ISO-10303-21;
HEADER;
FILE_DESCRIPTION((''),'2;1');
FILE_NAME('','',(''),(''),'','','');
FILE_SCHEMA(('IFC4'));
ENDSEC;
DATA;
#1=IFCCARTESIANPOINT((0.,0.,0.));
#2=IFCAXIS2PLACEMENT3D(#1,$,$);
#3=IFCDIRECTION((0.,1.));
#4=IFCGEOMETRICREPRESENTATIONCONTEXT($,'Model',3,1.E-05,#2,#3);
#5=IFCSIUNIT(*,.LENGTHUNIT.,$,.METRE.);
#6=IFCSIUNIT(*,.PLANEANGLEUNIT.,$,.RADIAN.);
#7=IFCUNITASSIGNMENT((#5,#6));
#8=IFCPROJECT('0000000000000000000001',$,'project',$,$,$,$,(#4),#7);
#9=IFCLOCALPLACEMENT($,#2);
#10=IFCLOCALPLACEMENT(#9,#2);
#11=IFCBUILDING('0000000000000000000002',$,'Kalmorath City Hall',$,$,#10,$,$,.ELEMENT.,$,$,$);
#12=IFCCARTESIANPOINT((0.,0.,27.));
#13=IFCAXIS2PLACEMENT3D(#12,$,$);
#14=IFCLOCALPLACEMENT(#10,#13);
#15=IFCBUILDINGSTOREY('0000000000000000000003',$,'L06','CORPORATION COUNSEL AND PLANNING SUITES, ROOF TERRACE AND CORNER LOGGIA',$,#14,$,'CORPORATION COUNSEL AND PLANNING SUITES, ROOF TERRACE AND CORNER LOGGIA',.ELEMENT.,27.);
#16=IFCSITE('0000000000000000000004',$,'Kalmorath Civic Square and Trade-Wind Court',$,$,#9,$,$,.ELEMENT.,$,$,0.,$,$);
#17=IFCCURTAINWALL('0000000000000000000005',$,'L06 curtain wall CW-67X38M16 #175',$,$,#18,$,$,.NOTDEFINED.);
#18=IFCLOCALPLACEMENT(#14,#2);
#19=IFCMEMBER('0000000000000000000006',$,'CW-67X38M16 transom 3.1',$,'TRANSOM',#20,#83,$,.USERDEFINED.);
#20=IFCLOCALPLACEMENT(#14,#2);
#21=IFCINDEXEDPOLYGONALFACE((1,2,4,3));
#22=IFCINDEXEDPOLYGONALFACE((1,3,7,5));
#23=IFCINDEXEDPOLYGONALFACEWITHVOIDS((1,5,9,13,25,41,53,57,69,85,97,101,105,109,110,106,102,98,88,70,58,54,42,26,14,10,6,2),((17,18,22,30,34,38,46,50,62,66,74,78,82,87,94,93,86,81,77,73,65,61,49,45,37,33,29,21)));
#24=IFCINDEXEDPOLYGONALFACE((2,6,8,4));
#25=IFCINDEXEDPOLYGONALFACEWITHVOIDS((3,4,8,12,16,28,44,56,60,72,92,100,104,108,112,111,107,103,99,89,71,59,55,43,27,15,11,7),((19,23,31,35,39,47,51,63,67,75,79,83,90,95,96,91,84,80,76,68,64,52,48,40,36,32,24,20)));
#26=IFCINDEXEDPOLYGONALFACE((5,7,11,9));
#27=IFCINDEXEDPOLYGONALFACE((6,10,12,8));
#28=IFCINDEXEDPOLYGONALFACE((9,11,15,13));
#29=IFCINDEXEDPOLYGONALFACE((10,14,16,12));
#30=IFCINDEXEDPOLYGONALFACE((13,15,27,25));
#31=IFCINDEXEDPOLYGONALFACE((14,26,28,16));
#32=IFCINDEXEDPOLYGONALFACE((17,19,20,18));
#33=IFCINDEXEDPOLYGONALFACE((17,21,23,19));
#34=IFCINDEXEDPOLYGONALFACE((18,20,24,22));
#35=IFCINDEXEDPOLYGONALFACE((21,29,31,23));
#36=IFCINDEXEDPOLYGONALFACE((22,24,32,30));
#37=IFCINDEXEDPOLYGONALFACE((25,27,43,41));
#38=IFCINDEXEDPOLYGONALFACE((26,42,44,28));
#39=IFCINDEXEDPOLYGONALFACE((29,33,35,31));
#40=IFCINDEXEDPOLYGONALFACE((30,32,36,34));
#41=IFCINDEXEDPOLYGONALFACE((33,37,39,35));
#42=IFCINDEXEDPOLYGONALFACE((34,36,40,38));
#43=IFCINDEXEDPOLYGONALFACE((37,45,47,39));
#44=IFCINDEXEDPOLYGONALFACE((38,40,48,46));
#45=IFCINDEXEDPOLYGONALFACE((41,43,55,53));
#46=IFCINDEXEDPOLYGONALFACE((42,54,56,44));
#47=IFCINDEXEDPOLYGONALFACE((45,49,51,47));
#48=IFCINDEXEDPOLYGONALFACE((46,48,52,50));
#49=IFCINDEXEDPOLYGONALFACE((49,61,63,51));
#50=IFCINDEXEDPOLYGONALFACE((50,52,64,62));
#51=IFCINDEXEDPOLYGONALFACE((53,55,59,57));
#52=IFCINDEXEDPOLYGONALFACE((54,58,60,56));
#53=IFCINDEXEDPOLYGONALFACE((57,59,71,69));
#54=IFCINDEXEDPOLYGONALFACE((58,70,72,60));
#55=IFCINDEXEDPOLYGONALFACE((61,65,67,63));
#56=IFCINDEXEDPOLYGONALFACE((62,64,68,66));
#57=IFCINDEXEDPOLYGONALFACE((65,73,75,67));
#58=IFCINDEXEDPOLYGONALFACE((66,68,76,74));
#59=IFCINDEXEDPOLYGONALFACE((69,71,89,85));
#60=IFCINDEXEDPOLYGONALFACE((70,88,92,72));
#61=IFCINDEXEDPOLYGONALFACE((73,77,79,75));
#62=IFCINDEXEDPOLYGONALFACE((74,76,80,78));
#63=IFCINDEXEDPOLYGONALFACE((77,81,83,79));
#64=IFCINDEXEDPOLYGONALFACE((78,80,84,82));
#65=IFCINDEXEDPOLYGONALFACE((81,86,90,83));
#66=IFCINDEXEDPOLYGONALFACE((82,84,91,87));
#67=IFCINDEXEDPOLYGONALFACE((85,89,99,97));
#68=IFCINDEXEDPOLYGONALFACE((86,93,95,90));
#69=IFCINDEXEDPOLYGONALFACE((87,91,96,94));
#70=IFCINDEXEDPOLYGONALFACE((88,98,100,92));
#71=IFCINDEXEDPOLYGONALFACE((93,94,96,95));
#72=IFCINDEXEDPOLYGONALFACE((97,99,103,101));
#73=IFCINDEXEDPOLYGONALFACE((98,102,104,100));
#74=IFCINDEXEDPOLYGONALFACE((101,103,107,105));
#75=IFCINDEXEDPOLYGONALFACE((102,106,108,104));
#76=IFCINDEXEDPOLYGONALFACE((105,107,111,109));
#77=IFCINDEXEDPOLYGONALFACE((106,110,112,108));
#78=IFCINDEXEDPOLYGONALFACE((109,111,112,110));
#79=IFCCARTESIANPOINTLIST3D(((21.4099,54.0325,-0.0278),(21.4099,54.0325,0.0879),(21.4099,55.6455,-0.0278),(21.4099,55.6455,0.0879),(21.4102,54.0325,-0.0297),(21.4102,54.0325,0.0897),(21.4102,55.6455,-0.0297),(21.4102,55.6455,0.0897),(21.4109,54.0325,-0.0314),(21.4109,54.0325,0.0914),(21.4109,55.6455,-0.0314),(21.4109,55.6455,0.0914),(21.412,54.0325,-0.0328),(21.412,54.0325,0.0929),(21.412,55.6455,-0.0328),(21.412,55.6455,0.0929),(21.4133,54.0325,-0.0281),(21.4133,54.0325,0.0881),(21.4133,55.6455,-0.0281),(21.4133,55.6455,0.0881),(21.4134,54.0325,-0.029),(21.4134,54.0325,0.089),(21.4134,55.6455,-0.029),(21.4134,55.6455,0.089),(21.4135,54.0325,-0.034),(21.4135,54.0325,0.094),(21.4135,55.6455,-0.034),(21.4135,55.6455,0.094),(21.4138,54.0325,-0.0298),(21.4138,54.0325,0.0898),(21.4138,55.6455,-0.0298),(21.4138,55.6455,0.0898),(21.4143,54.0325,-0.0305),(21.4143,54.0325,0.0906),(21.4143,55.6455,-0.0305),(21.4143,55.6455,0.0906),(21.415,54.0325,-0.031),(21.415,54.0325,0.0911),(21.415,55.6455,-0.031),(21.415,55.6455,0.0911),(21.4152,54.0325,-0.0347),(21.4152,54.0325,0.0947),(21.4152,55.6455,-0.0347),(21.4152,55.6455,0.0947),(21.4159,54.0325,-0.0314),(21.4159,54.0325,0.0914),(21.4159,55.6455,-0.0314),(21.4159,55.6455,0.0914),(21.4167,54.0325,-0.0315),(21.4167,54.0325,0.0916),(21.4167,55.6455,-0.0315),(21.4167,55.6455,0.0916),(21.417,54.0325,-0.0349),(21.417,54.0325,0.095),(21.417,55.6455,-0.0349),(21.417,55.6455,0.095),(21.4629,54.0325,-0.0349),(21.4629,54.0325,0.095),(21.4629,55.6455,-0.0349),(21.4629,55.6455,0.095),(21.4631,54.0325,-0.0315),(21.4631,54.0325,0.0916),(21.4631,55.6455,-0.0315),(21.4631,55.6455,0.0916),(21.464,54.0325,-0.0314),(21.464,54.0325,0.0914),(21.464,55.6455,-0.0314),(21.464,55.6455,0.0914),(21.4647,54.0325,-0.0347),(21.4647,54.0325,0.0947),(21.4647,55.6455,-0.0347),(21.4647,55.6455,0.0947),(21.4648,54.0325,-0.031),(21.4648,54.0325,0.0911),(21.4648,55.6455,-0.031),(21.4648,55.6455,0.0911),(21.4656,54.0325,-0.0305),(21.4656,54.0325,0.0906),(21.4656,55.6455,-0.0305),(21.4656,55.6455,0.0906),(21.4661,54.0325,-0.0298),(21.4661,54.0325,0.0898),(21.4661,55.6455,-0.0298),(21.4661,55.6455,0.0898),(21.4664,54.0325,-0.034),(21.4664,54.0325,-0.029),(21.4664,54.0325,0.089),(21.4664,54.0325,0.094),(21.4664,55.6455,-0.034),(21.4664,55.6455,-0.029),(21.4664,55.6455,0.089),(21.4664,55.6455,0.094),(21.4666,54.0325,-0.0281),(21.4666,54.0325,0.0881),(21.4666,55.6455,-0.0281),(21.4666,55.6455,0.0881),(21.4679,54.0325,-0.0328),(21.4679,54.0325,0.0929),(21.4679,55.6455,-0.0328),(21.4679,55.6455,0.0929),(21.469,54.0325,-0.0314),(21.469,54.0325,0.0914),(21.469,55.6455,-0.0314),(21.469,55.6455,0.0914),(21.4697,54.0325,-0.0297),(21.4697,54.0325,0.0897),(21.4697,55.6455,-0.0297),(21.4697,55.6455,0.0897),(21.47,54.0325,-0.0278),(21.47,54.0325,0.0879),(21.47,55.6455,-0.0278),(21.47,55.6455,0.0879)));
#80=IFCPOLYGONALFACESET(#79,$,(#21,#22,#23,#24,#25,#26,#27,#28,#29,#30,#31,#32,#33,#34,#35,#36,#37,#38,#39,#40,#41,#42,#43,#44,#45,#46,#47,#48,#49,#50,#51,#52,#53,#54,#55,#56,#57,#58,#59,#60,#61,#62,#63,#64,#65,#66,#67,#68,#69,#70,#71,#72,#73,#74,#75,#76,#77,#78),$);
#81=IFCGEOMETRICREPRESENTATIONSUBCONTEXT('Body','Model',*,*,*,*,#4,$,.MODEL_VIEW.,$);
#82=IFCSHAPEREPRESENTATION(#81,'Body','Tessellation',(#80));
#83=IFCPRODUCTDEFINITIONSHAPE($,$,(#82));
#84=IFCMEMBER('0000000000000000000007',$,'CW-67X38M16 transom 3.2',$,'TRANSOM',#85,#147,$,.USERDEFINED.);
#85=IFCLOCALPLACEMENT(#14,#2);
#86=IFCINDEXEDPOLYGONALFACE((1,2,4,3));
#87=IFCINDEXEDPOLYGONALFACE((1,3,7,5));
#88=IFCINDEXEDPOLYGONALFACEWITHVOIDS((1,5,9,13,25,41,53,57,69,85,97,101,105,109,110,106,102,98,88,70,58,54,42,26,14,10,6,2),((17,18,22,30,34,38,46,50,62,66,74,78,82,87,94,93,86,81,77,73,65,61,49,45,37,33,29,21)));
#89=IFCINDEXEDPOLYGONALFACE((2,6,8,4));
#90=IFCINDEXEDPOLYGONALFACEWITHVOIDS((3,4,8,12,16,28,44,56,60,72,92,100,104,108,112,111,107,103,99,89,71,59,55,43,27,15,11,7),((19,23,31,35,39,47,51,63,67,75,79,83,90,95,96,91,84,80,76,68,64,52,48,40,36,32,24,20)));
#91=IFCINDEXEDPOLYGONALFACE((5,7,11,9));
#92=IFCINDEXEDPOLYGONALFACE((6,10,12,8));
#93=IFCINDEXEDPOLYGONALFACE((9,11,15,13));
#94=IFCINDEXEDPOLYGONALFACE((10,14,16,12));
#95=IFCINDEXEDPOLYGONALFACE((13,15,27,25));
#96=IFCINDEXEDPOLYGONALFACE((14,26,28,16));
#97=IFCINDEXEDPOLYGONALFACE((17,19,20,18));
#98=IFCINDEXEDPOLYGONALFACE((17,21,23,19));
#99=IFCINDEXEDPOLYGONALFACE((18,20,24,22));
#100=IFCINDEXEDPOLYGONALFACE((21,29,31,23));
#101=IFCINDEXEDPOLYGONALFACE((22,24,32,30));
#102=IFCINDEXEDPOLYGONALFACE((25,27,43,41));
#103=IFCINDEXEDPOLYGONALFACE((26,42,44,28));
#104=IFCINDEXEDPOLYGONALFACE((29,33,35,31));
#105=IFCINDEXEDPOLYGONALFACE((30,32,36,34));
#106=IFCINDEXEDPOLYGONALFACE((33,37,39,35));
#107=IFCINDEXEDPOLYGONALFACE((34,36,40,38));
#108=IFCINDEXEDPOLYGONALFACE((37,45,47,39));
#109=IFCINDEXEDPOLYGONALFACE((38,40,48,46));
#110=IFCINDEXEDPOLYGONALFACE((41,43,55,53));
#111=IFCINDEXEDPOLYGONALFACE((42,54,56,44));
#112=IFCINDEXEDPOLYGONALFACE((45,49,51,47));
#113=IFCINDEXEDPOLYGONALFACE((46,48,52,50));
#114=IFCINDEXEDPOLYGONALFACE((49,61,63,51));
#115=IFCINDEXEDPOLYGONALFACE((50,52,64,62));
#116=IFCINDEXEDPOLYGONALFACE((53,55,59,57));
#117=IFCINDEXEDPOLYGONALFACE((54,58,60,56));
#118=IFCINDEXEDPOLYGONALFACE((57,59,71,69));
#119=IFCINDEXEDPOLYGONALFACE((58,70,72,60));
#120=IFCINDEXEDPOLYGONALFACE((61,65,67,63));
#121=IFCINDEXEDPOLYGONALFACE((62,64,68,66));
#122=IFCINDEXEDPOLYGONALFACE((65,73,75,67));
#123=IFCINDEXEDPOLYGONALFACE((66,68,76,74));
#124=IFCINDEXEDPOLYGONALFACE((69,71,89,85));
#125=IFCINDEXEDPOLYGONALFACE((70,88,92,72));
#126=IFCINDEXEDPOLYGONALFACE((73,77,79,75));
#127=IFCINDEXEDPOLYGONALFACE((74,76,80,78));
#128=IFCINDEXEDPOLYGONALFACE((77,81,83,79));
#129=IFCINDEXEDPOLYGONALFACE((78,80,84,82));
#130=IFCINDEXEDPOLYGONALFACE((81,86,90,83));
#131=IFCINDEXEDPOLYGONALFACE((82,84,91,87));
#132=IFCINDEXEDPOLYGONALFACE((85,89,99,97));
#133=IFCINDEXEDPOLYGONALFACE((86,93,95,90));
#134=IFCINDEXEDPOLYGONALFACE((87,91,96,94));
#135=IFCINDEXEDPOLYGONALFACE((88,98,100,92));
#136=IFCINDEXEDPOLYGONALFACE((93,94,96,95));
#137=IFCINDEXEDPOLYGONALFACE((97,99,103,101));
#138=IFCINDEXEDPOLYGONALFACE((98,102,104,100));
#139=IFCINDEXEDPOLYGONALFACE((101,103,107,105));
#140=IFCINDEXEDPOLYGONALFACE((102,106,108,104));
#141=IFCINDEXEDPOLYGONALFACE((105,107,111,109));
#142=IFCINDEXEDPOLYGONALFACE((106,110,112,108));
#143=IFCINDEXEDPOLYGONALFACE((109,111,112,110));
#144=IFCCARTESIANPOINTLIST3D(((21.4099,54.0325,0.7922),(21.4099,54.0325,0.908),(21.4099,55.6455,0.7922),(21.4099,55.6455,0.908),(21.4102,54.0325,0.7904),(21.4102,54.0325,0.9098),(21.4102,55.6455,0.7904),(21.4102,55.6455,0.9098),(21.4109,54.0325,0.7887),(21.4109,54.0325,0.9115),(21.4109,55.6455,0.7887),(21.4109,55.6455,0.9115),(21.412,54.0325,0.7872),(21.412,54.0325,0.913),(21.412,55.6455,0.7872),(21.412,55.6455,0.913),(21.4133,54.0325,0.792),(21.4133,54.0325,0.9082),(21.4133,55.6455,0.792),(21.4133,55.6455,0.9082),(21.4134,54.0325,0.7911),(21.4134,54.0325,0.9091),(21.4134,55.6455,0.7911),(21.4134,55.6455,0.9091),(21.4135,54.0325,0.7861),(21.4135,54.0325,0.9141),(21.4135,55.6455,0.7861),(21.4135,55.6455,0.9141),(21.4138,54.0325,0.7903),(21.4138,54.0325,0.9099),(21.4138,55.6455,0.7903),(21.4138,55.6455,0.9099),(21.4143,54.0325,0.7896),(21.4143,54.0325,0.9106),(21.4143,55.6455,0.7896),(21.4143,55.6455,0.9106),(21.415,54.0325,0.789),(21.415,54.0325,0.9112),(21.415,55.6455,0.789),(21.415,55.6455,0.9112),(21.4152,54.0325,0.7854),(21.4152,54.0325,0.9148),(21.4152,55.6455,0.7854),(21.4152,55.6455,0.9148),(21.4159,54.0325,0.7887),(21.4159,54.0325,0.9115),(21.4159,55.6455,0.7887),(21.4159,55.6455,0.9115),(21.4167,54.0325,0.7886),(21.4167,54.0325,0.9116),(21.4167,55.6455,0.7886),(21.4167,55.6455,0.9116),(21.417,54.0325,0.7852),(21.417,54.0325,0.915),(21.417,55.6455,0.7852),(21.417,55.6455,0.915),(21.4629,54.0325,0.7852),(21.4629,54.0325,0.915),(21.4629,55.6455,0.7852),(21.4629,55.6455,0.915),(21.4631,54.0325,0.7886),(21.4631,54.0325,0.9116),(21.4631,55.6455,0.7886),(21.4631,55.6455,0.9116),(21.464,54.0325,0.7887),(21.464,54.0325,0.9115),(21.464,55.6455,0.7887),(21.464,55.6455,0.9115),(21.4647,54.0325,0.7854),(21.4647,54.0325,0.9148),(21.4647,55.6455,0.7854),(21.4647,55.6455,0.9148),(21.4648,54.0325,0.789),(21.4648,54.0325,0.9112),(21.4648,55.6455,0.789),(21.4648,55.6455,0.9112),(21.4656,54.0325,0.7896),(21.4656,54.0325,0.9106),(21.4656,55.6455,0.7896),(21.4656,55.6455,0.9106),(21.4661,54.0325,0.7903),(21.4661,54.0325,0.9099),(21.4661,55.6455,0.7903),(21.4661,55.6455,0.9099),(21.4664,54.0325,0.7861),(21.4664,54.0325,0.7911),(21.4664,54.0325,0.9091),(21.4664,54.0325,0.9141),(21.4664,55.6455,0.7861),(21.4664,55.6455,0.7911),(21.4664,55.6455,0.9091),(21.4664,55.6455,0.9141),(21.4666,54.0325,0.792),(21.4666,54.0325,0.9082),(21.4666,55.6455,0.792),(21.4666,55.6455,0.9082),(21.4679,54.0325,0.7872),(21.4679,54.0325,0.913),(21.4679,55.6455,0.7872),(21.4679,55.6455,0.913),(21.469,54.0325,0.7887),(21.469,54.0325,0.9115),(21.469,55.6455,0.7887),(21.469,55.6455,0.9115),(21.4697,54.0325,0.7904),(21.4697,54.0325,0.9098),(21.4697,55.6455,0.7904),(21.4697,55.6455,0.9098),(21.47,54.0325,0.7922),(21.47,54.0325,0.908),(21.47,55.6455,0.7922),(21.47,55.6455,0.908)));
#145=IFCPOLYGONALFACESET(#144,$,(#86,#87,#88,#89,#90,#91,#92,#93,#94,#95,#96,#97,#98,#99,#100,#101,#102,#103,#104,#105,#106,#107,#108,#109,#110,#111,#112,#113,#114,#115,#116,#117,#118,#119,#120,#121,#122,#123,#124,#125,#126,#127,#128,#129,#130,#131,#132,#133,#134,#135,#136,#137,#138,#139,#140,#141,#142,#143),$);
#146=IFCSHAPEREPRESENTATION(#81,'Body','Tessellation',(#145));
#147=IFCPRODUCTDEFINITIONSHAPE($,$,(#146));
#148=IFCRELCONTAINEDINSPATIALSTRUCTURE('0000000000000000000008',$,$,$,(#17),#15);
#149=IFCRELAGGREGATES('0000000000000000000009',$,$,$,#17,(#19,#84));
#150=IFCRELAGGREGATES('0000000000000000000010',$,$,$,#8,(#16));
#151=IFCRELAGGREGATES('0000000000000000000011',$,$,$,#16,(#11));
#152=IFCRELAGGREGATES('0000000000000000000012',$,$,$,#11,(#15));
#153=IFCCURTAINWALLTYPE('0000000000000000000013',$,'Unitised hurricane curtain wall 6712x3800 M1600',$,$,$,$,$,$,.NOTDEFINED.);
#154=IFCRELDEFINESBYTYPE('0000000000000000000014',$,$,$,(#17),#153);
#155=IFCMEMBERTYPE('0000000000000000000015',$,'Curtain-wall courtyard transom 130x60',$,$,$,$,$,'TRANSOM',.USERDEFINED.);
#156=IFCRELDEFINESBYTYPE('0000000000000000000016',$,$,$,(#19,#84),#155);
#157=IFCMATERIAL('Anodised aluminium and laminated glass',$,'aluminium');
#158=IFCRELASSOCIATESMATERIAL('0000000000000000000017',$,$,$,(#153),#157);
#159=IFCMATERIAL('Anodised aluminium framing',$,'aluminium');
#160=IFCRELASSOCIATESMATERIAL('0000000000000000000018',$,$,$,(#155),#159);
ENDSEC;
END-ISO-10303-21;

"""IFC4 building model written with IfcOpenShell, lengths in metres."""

from ifc_helpers import new_model, si_unit, direction, frame, origin, origin_2d, place, context, subcontext, project, spatial, hollow_rectangle, extrude, material, material_profile, profile_set, type_object, element, aggregate, save


model = new_model("IFC4")

# Units and contexts
model_context = context("Model", 3, precision=1e-05, world=origin(), true_north=direction((0.0, 1.0)))
body_context = subcontext(model_context, "Body", "Model", "MODEL_VIEW")
ifc_project = project(units=[si_unit("LENGTHUNIT", "METRE"), si_unit("PLANEANGLEUNIT", "RADIAN")], contexts=[model_context])

# Site, building, storey
site_placement = place(None, origin())
site = spatial("IfcSite", under=ifc_project, at=site_placement, Name="Kalmorath Civic Square and Trade-Wind Court", CompositionType="ELEMENT", RefElevation=0.0)
building_placement = place(site_placement, origin())
building = spatial("IfcBuilding", under=site, at=building_placement, Name="Kalmorath City Hall", CompositionType="ELEMENT")
storey_placement = place(building_placement, frame((0.0, 0.0, 27.0)))
storey = spatial("IfcBuildingStorey", under=building, at=storey_placement, Name="L06", Description="CORPORATION COUNSEL AND PLANNING SUITES, ROOF TERRACE AND CORNER LOGGIA", LongName="CORPORATION COUNSEL AND PLANNING SUITES, ROOF TERRACE AND CORNER LOGGIA", CompositionType="ELEMENT", Elevation=27.0)

# Curtain wall, members
ifc_material_1 = material(Name="Anodised aluminium and laminated glass", Category="aluminium")
curtain_wall_type = type_object("IfcCurtainWallType", Name="Unitised hurricane curtain wall 6712x3800 M1600", PredefinedType="NOTDEFINED", material=ifc_material_1)
curtain_wall_placement = place(storey_placement, origin())
curtain_wall = element("IfcCurtainWall", 1, at=curtain_wall_placement, inside=storey, type_object=curtain_wall_type, Name="L06 curtain wall CW-67X38M16 #175", PredefinedType="NOTDEFINED")
ifc_material_2 = material(Name="Anodised aluminium framing", Category="aluminium")
ifc_material_profile_1 = material_profile(ifc_material_2, hollow_rectangle(XDim=0.0601, YDim=0.1299, WallThickness=0.0034, InnerFilletRadius=0.0034, OuterFilletRadius=0.0071, at=origin_2d()), Name="ALU-TRN-130X60X3.5")
ifc_profile_set_1 = profile_set([ifc_material_profile_1], Name="Anodised aluminium framing")
member_type_1 = type_object("IfcMemberType", Name="Curtain-wall courtyard transom 130x60", ElementType="TRANSOM", PredefinedType="USERDEFINED", material=ifc_profile_set_1)
member_1_placement = place(storey_placement, frame((21.4399, 54.0325, 0.03), z_axis=(0.0, 1.0, 0.0), x_axis=(-1.0, 0.0, 0.0)))
member_1 = element("IfcMember", 2, at=member_1_placement, type_object=member_type_1, Name="CW-67X38M16 transom 3.1", ObjectType="TRANSOM", PredefinedType="USERDEFINED", context=body_context, shape_type="SweptSolid", body=[
    extrude(hollow_rectangle(XDim=0.0601, YDim=0.1299, WallThickness=0.0034, InnerFilletRadius=0.0034, OuterFilletRadius=0.0071, at=origin_2d()), origin(), (0.0, 0.0, 1.0), 1.613),
])
member_2_placement = place(storey_placement, frame((21.4399, 54.0325, 0.8501), z_axis=(0.0, 1.0, 0.0), x_axis=(-1.0, 0.0, 0.0)))
member_2 = element("IfcMember", 3, at=member_2_placement, type_object=member_type_1, Name="CW-67X38M16 transom 3.2", ObjectType="TRANSOM", PredefinedType="USERDEFINED", context=body_context, shape_type="SweptSolid", body=[
    extrude(hollow_rectangle(XDim=0.0601, YDim=0.1299, WallThickness=0.0034, InnerFilletRadius=0.0034, OuterFilletRadius=0.0071, at=origin_2d()), origin(), (0.0, 0.0, 1.0), 1.613),
])

aggregate(curtain_wall, [member_1, member_2])

save(model, "model.ifc")
